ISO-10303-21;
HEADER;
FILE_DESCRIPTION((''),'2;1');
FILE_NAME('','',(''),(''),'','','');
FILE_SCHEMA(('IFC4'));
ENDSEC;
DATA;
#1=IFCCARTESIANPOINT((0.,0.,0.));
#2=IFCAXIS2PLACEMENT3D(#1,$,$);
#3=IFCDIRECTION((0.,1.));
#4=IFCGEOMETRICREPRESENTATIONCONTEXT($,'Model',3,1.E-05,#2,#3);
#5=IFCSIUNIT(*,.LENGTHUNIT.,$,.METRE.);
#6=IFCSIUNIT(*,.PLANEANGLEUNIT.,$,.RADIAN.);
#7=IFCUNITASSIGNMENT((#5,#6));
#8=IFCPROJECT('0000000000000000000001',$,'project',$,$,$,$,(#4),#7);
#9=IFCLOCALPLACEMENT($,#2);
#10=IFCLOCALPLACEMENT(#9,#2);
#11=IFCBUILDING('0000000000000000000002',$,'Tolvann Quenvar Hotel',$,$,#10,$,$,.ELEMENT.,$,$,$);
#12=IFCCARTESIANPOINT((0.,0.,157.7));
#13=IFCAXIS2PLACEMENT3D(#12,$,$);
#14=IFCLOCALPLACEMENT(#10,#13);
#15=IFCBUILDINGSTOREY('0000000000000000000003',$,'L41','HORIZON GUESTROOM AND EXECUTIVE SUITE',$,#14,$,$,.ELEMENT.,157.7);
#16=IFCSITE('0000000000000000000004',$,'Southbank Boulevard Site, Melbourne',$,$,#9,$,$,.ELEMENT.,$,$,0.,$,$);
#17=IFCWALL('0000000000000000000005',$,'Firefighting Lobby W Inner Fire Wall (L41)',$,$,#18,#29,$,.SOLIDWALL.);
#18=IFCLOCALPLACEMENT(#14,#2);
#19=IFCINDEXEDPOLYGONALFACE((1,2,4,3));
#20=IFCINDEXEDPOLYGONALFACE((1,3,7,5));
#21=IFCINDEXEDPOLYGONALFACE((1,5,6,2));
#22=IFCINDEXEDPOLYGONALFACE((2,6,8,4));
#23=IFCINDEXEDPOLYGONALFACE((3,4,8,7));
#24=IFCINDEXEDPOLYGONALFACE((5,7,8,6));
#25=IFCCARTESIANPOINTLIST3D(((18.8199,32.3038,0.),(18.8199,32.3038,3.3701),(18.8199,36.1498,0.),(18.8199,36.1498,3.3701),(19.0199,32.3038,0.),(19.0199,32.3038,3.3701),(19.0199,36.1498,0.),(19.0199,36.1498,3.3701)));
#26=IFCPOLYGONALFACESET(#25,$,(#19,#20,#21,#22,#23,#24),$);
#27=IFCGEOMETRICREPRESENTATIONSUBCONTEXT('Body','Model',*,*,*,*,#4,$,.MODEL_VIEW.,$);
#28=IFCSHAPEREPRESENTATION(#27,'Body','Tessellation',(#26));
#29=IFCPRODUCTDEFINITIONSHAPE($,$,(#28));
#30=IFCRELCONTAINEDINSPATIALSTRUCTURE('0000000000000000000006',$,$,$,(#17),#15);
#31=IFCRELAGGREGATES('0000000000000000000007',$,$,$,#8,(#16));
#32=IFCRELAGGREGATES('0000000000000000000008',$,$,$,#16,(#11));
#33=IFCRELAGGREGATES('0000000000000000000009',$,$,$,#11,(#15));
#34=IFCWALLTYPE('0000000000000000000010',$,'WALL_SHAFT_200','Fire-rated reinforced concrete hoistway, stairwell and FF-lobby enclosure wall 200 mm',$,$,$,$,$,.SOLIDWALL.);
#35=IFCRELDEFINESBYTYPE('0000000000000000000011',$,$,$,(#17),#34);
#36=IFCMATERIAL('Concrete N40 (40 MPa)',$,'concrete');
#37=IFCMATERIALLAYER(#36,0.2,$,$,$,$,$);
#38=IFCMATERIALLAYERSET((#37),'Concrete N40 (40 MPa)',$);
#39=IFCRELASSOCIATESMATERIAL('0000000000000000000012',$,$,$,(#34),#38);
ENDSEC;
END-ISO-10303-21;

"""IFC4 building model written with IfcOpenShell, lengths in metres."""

from ifc_helpers import new_model, si_unit, direction, frame, frame_2d, origin, place, context, subcontext, project, spatial, rectangle, extrude, material, layer, layer_set, type_object, element, save


model = new_model("IFC4")

# Units and contexts
model_context = context("Model", 3, precision=1e-05, world=origin(), true_north=direction((0.0, 1.0)))
body_context = subcontext(model_context, "Body", "Model", "MODEL_VIEW")
ifc_project = project(units=[si_unit("LENGTHUNIT", "METRE"), si_unit("PLANEANGLEUNIT", "RADIAN")], contexts=[model_context])

# Site, building, storey
site_placement = place(None, origin())
site = spatial("IfcSite", under=ifc_project, at=site_placement, Name="Southbank Boulevard Site, Melbourne", CompositionType="ELEMENT", RefElevation=0.0)
building_placement = place(site_placement, origin())
building = spatial("IfcBuilding", under=site, at=building_placement, Name="Tolvann Quenvar Hotel", CompositionType="ELEMENT")
storey_placement = place(building_placement, frame((0.0, 0.0, 157.7)))
storey = spatial("IfcBuildingStorey", under=building, at=storey_placement, Name="L41", Description="HORIZON GUESTROOM AND EXECUTIVE SUITE", CompositionType="ELEMENT", Elevation=157.7)

# Wall
ifc_material_1 = material(Name="Concrete N40 (40 MPa)", Category="concrete")
ifc_layer_1 = layer(ifc_material_1, 0.2)
ifc_layer_set_1 = layer_set([ifc_layer_1], Name="Concrete N40 (40 MPa)")
wall_type_1 = type_object("IfcWallType", Name="WALL_SHAFT_200", Description="Fire-rated reinforced concrete hoistway, stairwell and FF-lobby enclosure wall 200 mm", PredefinedType="SOLIDWALL", material=ifc_layer_set_1)
wall_1_placement = place(storey_placement, frame((18.9199, 32.304, 0.0), z_axis=(0.0, 0.0, 1.0), x_axis=(0.0, 1.0, 0.0)))
element("IfcWall", 1, at=wall_1_placement, inside=storey, type_object=wall_type_1, Name="Firefighting Lobby W Inner Fire Wall (L41)", PredefinedType="SOLIDWALL", context=body_context, shape_type="SweptSolid", body=[
    extrude(rectangle(XDim=3.8459, YDim=0.2, at=frame_2d((1.9229, 0.0))), origin(), (0.0, 0.0, 1.0), 3.3701),
])

save(model, "model.ifc")
